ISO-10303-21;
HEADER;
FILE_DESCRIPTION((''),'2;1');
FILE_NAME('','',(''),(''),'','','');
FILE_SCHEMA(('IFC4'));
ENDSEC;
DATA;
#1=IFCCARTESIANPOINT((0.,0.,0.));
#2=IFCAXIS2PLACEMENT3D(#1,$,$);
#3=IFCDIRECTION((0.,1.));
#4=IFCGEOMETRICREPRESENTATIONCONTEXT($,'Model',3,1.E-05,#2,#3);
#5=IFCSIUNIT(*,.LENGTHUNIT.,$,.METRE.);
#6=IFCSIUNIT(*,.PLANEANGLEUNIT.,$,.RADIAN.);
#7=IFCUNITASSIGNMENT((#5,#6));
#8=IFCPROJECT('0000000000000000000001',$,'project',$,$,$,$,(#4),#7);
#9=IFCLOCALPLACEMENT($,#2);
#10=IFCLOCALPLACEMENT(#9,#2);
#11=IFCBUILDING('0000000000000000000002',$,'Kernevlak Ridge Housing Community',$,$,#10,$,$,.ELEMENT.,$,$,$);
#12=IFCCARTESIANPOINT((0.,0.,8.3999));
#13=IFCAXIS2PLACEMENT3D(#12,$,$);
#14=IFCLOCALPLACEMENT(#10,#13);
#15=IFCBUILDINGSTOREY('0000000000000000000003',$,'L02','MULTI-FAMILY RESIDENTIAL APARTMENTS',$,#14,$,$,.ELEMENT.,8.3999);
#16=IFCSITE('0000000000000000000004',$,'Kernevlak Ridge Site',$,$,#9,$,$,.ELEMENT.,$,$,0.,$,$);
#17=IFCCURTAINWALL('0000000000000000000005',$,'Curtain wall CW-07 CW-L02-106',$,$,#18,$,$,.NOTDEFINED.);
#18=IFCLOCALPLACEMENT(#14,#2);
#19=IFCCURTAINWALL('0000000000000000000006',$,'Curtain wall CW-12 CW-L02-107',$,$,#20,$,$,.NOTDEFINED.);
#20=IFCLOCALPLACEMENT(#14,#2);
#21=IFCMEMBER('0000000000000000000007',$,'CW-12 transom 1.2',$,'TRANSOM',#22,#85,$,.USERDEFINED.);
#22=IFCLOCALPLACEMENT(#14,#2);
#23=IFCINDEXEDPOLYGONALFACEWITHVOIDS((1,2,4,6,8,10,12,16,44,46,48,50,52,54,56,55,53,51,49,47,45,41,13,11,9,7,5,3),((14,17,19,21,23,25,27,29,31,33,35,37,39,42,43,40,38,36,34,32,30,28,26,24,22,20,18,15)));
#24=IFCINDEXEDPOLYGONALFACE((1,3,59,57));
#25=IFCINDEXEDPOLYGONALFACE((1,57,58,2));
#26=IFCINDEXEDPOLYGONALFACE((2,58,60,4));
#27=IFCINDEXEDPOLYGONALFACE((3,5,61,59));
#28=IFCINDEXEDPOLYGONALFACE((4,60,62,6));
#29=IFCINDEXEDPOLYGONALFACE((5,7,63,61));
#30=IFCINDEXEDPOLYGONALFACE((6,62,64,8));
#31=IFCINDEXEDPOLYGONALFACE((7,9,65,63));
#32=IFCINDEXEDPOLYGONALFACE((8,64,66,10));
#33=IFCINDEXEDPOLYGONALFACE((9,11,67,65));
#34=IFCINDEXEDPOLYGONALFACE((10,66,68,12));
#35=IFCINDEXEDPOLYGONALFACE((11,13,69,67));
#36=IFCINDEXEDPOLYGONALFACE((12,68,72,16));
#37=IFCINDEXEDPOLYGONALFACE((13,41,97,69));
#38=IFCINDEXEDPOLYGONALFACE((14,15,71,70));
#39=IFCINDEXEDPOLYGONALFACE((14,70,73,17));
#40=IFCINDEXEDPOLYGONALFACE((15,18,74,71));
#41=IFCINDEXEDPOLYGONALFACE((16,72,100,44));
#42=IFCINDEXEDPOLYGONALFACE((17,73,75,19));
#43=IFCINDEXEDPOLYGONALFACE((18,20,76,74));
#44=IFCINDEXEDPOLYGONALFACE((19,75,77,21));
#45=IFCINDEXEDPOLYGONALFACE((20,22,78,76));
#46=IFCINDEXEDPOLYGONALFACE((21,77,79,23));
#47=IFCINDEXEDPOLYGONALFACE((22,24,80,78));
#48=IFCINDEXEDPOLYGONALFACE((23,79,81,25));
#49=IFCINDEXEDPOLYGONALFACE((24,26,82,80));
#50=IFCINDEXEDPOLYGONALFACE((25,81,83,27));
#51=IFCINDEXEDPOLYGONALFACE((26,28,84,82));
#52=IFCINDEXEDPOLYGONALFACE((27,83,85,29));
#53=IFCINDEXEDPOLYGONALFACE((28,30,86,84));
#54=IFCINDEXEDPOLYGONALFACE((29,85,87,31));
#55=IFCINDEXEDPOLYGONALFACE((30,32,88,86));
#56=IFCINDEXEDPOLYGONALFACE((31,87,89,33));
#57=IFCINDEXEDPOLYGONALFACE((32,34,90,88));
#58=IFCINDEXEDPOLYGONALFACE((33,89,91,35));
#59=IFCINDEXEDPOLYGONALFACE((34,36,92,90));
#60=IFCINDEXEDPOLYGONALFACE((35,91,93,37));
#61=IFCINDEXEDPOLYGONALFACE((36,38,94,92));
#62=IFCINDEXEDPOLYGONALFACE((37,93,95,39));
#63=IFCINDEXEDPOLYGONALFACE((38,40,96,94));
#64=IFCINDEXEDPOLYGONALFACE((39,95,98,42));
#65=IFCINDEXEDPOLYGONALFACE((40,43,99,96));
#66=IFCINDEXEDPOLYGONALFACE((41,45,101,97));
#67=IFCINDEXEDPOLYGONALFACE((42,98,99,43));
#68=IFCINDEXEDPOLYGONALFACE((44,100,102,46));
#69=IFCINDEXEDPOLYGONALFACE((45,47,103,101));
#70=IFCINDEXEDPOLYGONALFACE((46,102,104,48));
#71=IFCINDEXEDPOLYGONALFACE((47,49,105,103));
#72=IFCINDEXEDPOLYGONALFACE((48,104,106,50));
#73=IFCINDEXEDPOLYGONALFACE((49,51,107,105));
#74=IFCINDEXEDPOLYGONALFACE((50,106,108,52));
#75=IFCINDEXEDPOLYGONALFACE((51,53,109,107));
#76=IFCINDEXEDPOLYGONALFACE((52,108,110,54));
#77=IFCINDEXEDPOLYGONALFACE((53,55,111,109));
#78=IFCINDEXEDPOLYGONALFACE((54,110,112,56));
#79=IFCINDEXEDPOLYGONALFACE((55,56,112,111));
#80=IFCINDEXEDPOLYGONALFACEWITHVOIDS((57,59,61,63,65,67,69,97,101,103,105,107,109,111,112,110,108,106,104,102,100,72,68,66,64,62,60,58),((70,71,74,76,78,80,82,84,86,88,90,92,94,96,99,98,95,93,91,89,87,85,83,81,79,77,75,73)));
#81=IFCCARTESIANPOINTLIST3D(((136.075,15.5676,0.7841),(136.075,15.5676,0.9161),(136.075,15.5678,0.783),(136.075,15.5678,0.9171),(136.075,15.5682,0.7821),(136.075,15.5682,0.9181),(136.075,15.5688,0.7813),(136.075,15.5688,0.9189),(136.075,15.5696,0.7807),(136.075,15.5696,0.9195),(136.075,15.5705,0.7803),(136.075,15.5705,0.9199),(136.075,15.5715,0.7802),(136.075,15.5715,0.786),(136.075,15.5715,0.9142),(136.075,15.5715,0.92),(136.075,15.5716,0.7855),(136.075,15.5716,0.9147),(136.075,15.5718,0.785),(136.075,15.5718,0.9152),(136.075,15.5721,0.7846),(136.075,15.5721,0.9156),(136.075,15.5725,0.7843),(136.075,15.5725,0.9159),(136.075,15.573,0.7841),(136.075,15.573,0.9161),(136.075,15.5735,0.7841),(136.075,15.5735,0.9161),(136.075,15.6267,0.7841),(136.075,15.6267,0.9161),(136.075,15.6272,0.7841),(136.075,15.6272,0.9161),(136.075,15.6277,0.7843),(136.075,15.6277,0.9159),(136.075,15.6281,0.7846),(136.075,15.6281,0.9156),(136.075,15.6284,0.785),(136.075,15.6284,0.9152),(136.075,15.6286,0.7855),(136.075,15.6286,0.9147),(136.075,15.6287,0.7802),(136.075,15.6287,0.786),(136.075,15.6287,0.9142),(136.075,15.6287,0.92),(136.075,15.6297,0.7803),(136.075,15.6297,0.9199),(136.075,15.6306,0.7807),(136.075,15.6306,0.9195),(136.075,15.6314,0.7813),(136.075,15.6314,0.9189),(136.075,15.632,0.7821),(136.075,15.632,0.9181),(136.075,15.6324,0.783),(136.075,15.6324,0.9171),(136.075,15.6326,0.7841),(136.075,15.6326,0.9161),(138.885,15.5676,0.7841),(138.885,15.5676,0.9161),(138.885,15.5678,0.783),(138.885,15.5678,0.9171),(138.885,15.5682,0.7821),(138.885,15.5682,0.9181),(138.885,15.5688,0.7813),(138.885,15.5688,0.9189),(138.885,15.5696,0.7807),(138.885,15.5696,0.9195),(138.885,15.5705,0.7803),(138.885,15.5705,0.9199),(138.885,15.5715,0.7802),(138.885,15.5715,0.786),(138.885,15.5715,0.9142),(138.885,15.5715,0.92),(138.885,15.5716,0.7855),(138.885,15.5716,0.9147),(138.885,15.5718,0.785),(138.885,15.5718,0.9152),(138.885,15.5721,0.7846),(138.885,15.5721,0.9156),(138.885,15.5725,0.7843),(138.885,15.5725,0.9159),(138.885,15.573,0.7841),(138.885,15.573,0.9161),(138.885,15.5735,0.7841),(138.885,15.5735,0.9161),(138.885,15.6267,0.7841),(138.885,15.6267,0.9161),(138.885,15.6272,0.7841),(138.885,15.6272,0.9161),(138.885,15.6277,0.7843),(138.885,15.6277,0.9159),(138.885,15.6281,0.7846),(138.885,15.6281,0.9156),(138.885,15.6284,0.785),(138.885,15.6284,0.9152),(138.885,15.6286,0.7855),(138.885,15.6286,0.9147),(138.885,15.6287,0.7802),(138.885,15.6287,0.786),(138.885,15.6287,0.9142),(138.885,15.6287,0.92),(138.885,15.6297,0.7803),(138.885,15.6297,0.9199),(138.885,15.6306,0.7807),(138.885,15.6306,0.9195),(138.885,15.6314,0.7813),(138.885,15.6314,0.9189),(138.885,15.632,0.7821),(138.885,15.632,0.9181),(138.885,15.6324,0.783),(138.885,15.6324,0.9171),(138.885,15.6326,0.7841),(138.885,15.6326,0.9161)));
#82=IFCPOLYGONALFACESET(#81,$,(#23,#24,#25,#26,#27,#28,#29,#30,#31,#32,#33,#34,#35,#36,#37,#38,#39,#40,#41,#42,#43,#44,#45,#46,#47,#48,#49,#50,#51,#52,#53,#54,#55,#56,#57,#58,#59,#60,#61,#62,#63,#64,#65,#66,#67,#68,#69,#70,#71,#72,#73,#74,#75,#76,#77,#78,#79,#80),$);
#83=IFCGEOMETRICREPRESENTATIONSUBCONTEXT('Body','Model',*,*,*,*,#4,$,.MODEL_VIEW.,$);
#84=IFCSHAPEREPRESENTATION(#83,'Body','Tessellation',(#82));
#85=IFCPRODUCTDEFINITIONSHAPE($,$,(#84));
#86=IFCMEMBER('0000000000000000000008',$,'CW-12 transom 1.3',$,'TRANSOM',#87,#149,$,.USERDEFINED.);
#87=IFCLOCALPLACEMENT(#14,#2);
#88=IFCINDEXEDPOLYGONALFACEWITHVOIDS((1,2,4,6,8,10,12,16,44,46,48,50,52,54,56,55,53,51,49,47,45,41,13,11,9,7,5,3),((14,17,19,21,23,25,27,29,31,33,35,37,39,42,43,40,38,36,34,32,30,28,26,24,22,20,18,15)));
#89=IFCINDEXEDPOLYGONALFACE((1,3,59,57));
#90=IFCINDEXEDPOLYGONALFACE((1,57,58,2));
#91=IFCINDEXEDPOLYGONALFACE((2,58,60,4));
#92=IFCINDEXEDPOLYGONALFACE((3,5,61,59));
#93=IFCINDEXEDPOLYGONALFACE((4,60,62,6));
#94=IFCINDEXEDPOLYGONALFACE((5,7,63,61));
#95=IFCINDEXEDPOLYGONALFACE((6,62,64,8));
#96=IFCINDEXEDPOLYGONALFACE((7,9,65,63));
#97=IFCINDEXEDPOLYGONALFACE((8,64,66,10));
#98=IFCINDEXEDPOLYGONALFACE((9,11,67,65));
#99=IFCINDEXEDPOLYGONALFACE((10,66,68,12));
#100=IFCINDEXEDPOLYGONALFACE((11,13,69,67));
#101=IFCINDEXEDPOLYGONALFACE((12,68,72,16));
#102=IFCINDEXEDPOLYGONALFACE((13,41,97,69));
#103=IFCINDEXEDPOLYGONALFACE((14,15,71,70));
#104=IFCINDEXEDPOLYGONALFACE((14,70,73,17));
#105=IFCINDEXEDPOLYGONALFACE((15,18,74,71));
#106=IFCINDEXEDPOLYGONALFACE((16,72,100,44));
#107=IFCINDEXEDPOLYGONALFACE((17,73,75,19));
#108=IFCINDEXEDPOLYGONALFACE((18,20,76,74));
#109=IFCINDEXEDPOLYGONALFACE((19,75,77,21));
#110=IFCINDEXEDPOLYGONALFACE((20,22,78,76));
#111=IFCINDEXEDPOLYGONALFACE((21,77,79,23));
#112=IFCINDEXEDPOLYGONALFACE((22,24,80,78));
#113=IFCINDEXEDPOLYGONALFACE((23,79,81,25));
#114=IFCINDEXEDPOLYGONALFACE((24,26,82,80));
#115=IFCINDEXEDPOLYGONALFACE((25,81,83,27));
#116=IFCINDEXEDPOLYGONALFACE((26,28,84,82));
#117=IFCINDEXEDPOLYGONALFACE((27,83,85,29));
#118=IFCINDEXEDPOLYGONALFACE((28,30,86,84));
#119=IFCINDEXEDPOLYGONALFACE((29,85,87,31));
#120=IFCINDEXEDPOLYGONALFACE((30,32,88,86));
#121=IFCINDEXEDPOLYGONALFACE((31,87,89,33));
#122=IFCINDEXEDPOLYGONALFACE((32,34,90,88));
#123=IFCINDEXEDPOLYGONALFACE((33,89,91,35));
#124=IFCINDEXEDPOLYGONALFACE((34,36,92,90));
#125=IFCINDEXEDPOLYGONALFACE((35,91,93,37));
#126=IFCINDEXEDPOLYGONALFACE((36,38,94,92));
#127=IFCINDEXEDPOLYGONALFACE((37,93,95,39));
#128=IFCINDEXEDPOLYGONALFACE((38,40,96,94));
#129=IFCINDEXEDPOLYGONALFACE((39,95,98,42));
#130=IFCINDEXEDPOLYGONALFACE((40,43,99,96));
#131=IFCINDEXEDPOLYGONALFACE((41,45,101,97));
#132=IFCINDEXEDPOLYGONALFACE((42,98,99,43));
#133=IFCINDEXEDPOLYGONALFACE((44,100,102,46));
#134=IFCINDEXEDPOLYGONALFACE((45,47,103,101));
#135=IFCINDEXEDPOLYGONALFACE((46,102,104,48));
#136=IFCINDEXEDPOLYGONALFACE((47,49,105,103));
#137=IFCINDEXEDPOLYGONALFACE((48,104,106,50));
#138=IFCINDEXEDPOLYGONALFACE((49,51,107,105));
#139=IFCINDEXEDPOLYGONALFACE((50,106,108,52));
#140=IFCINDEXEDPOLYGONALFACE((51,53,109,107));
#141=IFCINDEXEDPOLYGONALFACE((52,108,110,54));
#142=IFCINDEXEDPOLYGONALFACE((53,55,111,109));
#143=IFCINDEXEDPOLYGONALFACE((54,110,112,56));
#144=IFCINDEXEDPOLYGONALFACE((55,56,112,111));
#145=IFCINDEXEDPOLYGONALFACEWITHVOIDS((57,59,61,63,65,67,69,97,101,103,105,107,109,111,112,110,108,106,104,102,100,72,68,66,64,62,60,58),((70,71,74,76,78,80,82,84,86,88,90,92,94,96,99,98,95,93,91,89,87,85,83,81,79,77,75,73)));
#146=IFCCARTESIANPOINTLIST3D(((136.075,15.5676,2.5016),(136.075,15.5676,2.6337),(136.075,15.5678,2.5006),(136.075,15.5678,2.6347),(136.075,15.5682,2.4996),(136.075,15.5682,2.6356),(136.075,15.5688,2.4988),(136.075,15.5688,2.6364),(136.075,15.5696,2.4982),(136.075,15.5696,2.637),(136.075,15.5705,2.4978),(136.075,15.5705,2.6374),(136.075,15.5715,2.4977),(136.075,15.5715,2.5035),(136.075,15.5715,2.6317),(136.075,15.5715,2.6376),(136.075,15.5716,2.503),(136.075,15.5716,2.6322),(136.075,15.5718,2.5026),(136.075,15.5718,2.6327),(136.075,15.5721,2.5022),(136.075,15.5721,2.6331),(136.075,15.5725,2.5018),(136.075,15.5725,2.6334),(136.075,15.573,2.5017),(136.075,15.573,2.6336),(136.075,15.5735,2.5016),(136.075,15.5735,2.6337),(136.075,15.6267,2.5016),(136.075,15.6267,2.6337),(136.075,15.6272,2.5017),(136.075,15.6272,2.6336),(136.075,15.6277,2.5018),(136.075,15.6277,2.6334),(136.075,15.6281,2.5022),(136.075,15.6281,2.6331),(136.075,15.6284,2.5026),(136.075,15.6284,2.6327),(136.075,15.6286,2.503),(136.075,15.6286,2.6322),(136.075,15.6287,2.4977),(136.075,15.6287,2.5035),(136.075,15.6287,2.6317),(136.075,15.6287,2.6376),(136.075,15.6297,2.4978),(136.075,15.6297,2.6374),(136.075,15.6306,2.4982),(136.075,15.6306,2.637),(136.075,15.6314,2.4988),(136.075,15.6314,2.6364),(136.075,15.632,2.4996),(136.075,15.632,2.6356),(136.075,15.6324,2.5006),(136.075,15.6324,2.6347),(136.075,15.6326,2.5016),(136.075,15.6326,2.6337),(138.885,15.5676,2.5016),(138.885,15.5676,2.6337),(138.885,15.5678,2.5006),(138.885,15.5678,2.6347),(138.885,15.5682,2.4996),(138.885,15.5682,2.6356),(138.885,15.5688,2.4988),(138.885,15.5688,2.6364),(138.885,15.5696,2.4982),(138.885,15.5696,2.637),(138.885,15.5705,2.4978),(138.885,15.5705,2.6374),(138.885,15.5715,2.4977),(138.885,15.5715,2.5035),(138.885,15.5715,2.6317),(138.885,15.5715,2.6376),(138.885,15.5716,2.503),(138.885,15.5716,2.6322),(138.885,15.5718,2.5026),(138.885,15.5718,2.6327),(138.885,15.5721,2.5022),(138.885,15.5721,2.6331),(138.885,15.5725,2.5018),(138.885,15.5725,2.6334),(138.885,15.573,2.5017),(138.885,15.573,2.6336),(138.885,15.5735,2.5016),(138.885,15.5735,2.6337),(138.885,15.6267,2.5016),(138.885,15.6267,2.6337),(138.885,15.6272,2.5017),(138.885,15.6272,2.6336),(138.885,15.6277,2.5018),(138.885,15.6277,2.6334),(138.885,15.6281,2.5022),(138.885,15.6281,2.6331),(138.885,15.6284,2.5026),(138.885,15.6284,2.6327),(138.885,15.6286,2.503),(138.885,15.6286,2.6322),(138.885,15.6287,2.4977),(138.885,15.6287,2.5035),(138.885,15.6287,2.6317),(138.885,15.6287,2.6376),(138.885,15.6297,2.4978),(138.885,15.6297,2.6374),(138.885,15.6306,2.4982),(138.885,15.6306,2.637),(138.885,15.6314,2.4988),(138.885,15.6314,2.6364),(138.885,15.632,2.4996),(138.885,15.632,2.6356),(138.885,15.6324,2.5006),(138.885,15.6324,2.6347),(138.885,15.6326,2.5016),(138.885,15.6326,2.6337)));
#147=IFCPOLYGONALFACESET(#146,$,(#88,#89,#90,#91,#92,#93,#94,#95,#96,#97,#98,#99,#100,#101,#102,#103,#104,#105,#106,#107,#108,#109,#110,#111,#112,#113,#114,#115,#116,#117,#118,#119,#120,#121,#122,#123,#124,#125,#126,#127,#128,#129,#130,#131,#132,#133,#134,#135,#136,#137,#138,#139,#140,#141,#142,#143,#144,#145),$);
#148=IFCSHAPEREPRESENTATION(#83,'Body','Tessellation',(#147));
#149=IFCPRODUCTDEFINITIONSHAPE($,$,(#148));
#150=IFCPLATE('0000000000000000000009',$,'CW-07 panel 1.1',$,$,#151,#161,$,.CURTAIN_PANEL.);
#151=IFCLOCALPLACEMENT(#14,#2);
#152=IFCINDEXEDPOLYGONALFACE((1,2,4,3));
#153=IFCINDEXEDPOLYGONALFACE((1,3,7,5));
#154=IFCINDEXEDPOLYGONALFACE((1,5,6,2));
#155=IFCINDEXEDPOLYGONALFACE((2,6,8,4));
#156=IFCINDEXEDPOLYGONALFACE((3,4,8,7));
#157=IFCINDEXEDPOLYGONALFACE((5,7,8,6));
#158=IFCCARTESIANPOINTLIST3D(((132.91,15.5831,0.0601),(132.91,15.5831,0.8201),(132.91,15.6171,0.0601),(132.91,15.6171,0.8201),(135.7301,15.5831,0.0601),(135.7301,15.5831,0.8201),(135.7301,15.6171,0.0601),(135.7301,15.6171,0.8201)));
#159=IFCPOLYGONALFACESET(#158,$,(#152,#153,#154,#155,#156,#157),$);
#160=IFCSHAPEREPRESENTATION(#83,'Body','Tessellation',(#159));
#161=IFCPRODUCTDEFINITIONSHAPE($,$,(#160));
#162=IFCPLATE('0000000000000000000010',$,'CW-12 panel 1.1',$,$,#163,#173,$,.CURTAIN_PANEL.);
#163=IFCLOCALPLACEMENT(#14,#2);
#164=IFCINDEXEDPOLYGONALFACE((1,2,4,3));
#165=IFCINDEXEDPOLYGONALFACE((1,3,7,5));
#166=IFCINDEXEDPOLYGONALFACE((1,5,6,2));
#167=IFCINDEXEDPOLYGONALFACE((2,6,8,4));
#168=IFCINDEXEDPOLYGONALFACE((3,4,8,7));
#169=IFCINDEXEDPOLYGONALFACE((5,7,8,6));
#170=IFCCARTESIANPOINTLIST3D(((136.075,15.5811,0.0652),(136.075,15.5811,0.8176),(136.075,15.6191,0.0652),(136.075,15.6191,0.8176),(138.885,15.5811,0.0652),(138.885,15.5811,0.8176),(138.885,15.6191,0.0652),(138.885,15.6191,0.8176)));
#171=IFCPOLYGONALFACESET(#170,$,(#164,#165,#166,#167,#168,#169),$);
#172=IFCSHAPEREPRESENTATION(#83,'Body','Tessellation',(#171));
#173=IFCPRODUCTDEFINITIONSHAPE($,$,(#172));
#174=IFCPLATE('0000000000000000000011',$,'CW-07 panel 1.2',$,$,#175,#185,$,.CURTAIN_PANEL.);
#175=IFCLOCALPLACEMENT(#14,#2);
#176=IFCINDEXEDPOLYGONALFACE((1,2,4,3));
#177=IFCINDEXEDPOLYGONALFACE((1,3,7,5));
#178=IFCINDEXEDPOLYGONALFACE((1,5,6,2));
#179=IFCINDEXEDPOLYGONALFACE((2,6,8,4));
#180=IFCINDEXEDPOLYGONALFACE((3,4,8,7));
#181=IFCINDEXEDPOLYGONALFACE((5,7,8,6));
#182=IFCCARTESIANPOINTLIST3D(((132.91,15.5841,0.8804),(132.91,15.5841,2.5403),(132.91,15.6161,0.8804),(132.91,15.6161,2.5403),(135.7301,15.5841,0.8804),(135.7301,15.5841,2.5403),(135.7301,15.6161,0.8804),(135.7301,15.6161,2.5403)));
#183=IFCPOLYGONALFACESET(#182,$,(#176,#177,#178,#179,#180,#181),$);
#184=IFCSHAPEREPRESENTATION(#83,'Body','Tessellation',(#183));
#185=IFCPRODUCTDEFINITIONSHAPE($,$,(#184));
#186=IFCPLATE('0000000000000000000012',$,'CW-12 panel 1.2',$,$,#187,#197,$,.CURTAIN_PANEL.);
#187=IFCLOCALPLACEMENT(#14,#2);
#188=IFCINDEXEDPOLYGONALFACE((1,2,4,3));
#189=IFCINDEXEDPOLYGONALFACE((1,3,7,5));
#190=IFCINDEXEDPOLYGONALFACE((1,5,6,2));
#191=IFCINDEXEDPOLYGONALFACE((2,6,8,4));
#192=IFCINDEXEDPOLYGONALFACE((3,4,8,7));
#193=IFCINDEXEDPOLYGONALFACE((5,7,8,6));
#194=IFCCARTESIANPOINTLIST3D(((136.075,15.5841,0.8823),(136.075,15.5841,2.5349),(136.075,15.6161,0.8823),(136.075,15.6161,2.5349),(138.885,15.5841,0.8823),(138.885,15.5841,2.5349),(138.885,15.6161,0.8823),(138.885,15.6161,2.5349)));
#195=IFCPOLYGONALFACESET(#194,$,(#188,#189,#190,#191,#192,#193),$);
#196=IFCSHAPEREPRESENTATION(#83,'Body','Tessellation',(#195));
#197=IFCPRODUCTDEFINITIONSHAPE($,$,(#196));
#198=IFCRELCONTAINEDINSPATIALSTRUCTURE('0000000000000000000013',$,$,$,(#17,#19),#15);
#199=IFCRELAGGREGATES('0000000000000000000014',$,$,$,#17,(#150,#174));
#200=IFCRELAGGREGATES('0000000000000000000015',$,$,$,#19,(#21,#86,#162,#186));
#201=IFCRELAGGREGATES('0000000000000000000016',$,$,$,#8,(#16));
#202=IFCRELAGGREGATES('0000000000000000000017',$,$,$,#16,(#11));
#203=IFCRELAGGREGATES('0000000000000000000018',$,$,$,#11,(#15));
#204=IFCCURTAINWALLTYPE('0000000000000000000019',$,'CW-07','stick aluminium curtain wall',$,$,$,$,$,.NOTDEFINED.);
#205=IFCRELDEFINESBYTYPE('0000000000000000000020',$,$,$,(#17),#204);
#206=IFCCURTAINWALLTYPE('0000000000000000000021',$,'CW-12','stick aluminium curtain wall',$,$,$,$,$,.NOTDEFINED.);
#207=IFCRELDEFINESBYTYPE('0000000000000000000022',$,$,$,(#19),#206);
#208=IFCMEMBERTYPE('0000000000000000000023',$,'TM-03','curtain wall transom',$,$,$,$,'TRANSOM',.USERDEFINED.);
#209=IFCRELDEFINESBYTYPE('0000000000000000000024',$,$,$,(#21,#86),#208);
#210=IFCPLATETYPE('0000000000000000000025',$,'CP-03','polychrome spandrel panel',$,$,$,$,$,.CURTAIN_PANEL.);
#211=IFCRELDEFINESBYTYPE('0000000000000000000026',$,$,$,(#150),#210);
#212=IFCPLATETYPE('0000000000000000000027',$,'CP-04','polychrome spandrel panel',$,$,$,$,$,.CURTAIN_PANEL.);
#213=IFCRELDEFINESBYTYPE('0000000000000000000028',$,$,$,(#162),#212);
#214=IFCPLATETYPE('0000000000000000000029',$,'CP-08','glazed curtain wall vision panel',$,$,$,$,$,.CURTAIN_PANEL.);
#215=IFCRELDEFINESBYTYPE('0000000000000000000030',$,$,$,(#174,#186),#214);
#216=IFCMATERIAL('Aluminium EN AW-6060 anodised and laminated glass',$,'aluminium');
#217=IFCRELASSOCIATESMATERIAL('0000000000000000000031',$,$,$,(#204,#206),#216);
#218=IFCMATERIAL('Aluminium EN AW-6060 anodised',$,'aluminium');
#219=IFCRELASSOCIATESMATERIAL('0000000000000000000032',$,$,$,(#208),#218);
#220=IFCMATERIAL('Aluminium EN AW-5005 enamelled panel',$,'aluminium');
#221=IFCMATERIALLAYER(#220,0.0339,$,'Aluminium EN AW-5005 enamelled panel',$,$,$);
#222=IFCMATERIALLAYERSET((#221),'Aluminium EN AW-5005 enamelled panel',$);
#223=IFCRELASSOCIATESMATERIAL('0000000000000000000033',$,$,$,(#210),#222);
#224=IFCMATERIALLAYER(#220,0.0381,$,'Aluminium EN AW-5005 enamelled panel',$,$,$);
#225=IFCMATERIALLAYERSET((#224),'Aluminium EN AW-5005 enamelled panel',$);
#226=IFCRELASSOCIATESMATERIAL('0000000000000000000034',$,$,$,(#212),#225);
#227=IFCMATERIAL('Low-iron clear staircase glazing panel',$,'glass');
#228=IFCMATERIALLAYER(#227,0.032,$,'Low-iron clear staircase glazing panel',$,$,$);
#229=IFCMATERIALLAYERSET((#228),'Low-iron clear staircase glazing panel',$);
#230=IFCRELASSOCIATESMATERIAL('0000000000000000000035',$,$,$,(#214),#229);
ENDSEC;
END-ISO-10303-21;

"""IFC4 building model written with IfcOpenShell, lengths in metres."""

from ifc_helpers import new_model, si_unit, direction, frame, origin, origin_2d, place, context, subcontext, project, spatial, rectangle, hollow_rectangle, extrude, material, layer, layer_set, material_profile, profile_set, type_object, element, aggregate, save


model = new_model("IFC4")

# Units and contexts
model_context = context("Model", 3, precision=1e-05, world=origin(), true_north=direction((0.0, 1.0)))
body_context = subcontext(model_context, "Body", "Model", "MODEL_VIEW")
ifc_project = project(units=[si_unit("LENGTHUNIT", "METRE"), si_unit("PLANEANGLEUNIT", "RADIAN")], contexts=[model_context])

# Site, building, storey
site_placement = place(None, origin())
site = spatial("IfcSite", under=ifc_project, at=site_placement, Name="Kernevlak Ridge Site", CompositionType="ELEMENT", RefElevation=0.0)
building_placement = place(site_placement, origin())
building = spatial("IfcBuilding", under=site, at=building_placement, Name="Kernevlak Ridge Housing Community", CompositionType="ELEMENT")
storey_placement = place(building_placement, frame((0.0, 0.0, 8.3999)))
storey = spatial("IfcBuildingStorey", under=building, at=storey_placement, Name="L02", Description="MULTI-FAMILY RESIDENTIAL APARTMENTS", CompositionType="ELEMENT", Elevation=8.3999)

# Curtain wall
ifc_material_1 = material(Name="Aluminium EN AW-6060 anodised and laminated glass", Category="aluminium")
curtain_wall_type_1 = type_object("IfcCurtainWallType", Name="CW-07", Description="stick aluminium curtain wall", PredefinedType="NOTDEFINED", material=ifc_material_1)
curtain_wall_1_placement = place(storey_placement, origin())
curtain_wall_1 = element("IfcCurtainWall", 1, at=curtain_wall_1_placement, inside=storey, type_object=curtain_wall_type_1, Name="Curtain wall CW-07 CW-L02-106", PredefinedType="NOTDEFINED")
ifc_material_2 = material(Name="Aluminium EN AW-6060 anodised", Category="aluminium")

# Curtain wall, members
curtain_wall_type_2 = type_object("IfcCurtainWallType", Name="CW-12", Description="stick aluminium curtain wall", PredefinedType="NOTDEFINED", material=ifc_material_1)
curtain_wall_2_placement = place(storey_placement, origin())
curtain_wall_2 = element("IfcCurtainWall", 2, at=curtain_wall_2_placement, inside=storey, type_object=curtain_wall_type_2, Name="Curtain wall CW-12 CW-L02-107", PredefinedType="NOTDEFINED")
ifc_material_profile_1 = material_profile(ifc_material_2, hollow_rectangle(XDim=0.0649, YDim=0.1399, WallThickness=0.0039, InnerFilletRadius=0.002, OuterFilletRadius=0.0039, at=origin_2d()), Name="ALU 65x140x4")
ifc_profile_set_1 = profile_set([ifc_material_profile_1], Name="Aluminium EN AW-6060 anodised")
member_type_1 = type_object("IfcMemberType", Name="TM-03", Description="curtain wall transom", ElementType="TRANSOM", PredefinedType="USERDEFINED", material=ifc_profile_set_1)
member_1_placement = place(storey_placement, frame((136.075, 15.6001, 0.8501), z_axis=(1.0, 0.0, 0.0), x_axis=(0.0, 1.0, 0.0)))
member_1 = element("IfcMember", 3, at=member_1_placement, type_object=member_type_1, Name="CW-12 transom 1.2", ObjectType="TRANSOM", PredefinedType="USERDEFINED", context=body_context, shape_type="SweptSolid", body=[
    extrude(hollow_rectangle(XDim=0.0649, YDim=0.1399, WallThickness=0.0039, InnerFilletRadius=0.002, OuterFilletRadius=0.0039, at=origin_2d()), origin(), (0.0, 0.0, 1.0), 2.8101),
])
member_2_placement = place(storey_placement, frame((136.075, 15.6001, 2.5676), z_axis=(1.0, 0.0, 0.0), x_axis=(0.0, 1.0, 0.0)))
member_2 = element("IfcMember", 4, at=member_2_placement, type_object=member_type_1, Name="CW-12 transom 1.3", ObjectType="TRANSOM", PredefinedType="USERDEFINED", context=body_context, shape_type="SweptSolid", body=[
    extrude(hollow_rectangle(XDim=0.0649, YDim=0.1399, WallThickness=0.0039, InnerFilletRadius=0.002, OuterFilletRadius=0.0039, at=origin_2d()), origin(), (0.0, 0.0, 1.0), 2.8101),
])

# Plates
ifc_material_3 = material(Name="Aluminium EN AW-5005 enamelled panel", Category="aluminium")
ifc_layer_1 = layer(ifc_material_3, 0.0339, Name="Aluminium EN AW-5005 enamelled panel")
ifc_layer_set_1 = layer_set([ifc_layer_1], Name="Aluminium EN AW-5005 enamelled panel")
plate_type_1 = type_object("IfcPlateType", Name="CP-03", Description="polychrome spandrel panel", PredefinedType="CURTAIN_PANEL", material=ifc_layer_set_1)
plate_1_placement = place(storey_placement, frame((134.3201, 15.6001, 0.0601), z_axis=(0.0, 0.0, 1.0), x_axis=(1.0, 0.0, 0.0)))
plate_1 = element("IfcPlate", 5, at=plate_1_placement, type_object=plate_type_1, Name="CW-07 panel 1.1", PredefinedType="CURTAIN_PANEL", context=body_context, shape_type="SweptSolid", body=[
    extrude(rectangle(XDim=2.8201, YDim=0.0339, at=origin_2d()), origin(), (0.0, 0.0, 1.0), 0.76),
])
ifc_layer_2 = layer(ifc_material_3, 0.0381, Name="Aluminium EN AW-5005 enamelled panel")
ifc_layer_set_2 = layer_set([ifc_layer_2], Name="Aluminium EN AW-5005 enamelled panel")
plate_type_2 = type_object("IfcPlateType", Name="CP-04", Description="polychrome spandrel panel", PredefinedType="CURTAIN_PANEL", material=ifc_layer_set_2)
plate_2_placement = place(storey_placement, frame((137.48, 15.6001, 0.0652), z_axis=(0.0, 0.0, 1.0), x_axis=(1.0, 0.0, 0.0)))
plate_2 = element("IfcPlate", 6, at=plate_2_placement, type_object=plate_type_2, Name="CW-12 panel 1.1", PredefinedType="CURTAIN_PANEL", context=body_context, shape_type="SweptSolid", body=[
    extrude(rectangle(XDim=2.8101, YDim=0.0381, at=origin_2d()), origin(), (0.0, 0.0, 1.0), 0.7524),
])
ifc_material_4 = material(Name="Low-iron clear staircase glazing panel", Category="glass")
ifc_layer_3 = layer(ifc_material_4, 0.032, Name="Low-iron clear staircase glazing panel")
ifc_layer_set_3 = layer_set([ifc_layer_3], Name="Low-iron clear staircase glazing panel")
plate_type_3 = type_object("IfcPlateType", Name="CP-08", Description="glazed curtain wall vision panel", PredefinedType="CURTAIN_PANEL", material=ifc_layer_set_3)
plate_3_placement = place(storey_placement, frame((134.3201, 15.6001, 0.8804), z_axis=(0.0, 0.0, 1.0), x_axis=(1.0, 0.0, 0.0)))
plate_3 = element("IfcPlate", 7, at=plate_3_placement, type_object=plate_type_3, Name="CW-07 panel 1.2", PredefinedType="CURTAIN_PANEL", context=body_context, shape_type="SweptSolid", body=[
    extrude(rectangle(XDim=2.8201, YDim=0.032, at=origin_2d()), origin(), (0.0, 0.0, 1.0), 1.6599),
])
aggregate(curtain_wall_1, [plate_1, plate_3])
plate_4_placement = place(storey_placement, frame((137.48, 15.6001, 0.8823), z_axis=(0.0, 0.0, 1.0), x_axis=(1.0, 0.0, 0.0)))
plate_4 = element("IfcPlate", 8, at=plate_4_placement, type_object=plate_type_3, Name="CW-12 panel 1.2", PredefinedType="CURTAIN_PANEL", context=body_context, shape_type="SweptSolid", body=[
    extrude(rectangle(XDim=2.8101, YDim=0.032, at=origin_2d()), origin(), (0.0, 0.0, 1.0), 1.6526),
])
aggregate(curtain_wall_2, [member_1, member_2, plate_2, plate_4])

save(model, "model.ifc")
